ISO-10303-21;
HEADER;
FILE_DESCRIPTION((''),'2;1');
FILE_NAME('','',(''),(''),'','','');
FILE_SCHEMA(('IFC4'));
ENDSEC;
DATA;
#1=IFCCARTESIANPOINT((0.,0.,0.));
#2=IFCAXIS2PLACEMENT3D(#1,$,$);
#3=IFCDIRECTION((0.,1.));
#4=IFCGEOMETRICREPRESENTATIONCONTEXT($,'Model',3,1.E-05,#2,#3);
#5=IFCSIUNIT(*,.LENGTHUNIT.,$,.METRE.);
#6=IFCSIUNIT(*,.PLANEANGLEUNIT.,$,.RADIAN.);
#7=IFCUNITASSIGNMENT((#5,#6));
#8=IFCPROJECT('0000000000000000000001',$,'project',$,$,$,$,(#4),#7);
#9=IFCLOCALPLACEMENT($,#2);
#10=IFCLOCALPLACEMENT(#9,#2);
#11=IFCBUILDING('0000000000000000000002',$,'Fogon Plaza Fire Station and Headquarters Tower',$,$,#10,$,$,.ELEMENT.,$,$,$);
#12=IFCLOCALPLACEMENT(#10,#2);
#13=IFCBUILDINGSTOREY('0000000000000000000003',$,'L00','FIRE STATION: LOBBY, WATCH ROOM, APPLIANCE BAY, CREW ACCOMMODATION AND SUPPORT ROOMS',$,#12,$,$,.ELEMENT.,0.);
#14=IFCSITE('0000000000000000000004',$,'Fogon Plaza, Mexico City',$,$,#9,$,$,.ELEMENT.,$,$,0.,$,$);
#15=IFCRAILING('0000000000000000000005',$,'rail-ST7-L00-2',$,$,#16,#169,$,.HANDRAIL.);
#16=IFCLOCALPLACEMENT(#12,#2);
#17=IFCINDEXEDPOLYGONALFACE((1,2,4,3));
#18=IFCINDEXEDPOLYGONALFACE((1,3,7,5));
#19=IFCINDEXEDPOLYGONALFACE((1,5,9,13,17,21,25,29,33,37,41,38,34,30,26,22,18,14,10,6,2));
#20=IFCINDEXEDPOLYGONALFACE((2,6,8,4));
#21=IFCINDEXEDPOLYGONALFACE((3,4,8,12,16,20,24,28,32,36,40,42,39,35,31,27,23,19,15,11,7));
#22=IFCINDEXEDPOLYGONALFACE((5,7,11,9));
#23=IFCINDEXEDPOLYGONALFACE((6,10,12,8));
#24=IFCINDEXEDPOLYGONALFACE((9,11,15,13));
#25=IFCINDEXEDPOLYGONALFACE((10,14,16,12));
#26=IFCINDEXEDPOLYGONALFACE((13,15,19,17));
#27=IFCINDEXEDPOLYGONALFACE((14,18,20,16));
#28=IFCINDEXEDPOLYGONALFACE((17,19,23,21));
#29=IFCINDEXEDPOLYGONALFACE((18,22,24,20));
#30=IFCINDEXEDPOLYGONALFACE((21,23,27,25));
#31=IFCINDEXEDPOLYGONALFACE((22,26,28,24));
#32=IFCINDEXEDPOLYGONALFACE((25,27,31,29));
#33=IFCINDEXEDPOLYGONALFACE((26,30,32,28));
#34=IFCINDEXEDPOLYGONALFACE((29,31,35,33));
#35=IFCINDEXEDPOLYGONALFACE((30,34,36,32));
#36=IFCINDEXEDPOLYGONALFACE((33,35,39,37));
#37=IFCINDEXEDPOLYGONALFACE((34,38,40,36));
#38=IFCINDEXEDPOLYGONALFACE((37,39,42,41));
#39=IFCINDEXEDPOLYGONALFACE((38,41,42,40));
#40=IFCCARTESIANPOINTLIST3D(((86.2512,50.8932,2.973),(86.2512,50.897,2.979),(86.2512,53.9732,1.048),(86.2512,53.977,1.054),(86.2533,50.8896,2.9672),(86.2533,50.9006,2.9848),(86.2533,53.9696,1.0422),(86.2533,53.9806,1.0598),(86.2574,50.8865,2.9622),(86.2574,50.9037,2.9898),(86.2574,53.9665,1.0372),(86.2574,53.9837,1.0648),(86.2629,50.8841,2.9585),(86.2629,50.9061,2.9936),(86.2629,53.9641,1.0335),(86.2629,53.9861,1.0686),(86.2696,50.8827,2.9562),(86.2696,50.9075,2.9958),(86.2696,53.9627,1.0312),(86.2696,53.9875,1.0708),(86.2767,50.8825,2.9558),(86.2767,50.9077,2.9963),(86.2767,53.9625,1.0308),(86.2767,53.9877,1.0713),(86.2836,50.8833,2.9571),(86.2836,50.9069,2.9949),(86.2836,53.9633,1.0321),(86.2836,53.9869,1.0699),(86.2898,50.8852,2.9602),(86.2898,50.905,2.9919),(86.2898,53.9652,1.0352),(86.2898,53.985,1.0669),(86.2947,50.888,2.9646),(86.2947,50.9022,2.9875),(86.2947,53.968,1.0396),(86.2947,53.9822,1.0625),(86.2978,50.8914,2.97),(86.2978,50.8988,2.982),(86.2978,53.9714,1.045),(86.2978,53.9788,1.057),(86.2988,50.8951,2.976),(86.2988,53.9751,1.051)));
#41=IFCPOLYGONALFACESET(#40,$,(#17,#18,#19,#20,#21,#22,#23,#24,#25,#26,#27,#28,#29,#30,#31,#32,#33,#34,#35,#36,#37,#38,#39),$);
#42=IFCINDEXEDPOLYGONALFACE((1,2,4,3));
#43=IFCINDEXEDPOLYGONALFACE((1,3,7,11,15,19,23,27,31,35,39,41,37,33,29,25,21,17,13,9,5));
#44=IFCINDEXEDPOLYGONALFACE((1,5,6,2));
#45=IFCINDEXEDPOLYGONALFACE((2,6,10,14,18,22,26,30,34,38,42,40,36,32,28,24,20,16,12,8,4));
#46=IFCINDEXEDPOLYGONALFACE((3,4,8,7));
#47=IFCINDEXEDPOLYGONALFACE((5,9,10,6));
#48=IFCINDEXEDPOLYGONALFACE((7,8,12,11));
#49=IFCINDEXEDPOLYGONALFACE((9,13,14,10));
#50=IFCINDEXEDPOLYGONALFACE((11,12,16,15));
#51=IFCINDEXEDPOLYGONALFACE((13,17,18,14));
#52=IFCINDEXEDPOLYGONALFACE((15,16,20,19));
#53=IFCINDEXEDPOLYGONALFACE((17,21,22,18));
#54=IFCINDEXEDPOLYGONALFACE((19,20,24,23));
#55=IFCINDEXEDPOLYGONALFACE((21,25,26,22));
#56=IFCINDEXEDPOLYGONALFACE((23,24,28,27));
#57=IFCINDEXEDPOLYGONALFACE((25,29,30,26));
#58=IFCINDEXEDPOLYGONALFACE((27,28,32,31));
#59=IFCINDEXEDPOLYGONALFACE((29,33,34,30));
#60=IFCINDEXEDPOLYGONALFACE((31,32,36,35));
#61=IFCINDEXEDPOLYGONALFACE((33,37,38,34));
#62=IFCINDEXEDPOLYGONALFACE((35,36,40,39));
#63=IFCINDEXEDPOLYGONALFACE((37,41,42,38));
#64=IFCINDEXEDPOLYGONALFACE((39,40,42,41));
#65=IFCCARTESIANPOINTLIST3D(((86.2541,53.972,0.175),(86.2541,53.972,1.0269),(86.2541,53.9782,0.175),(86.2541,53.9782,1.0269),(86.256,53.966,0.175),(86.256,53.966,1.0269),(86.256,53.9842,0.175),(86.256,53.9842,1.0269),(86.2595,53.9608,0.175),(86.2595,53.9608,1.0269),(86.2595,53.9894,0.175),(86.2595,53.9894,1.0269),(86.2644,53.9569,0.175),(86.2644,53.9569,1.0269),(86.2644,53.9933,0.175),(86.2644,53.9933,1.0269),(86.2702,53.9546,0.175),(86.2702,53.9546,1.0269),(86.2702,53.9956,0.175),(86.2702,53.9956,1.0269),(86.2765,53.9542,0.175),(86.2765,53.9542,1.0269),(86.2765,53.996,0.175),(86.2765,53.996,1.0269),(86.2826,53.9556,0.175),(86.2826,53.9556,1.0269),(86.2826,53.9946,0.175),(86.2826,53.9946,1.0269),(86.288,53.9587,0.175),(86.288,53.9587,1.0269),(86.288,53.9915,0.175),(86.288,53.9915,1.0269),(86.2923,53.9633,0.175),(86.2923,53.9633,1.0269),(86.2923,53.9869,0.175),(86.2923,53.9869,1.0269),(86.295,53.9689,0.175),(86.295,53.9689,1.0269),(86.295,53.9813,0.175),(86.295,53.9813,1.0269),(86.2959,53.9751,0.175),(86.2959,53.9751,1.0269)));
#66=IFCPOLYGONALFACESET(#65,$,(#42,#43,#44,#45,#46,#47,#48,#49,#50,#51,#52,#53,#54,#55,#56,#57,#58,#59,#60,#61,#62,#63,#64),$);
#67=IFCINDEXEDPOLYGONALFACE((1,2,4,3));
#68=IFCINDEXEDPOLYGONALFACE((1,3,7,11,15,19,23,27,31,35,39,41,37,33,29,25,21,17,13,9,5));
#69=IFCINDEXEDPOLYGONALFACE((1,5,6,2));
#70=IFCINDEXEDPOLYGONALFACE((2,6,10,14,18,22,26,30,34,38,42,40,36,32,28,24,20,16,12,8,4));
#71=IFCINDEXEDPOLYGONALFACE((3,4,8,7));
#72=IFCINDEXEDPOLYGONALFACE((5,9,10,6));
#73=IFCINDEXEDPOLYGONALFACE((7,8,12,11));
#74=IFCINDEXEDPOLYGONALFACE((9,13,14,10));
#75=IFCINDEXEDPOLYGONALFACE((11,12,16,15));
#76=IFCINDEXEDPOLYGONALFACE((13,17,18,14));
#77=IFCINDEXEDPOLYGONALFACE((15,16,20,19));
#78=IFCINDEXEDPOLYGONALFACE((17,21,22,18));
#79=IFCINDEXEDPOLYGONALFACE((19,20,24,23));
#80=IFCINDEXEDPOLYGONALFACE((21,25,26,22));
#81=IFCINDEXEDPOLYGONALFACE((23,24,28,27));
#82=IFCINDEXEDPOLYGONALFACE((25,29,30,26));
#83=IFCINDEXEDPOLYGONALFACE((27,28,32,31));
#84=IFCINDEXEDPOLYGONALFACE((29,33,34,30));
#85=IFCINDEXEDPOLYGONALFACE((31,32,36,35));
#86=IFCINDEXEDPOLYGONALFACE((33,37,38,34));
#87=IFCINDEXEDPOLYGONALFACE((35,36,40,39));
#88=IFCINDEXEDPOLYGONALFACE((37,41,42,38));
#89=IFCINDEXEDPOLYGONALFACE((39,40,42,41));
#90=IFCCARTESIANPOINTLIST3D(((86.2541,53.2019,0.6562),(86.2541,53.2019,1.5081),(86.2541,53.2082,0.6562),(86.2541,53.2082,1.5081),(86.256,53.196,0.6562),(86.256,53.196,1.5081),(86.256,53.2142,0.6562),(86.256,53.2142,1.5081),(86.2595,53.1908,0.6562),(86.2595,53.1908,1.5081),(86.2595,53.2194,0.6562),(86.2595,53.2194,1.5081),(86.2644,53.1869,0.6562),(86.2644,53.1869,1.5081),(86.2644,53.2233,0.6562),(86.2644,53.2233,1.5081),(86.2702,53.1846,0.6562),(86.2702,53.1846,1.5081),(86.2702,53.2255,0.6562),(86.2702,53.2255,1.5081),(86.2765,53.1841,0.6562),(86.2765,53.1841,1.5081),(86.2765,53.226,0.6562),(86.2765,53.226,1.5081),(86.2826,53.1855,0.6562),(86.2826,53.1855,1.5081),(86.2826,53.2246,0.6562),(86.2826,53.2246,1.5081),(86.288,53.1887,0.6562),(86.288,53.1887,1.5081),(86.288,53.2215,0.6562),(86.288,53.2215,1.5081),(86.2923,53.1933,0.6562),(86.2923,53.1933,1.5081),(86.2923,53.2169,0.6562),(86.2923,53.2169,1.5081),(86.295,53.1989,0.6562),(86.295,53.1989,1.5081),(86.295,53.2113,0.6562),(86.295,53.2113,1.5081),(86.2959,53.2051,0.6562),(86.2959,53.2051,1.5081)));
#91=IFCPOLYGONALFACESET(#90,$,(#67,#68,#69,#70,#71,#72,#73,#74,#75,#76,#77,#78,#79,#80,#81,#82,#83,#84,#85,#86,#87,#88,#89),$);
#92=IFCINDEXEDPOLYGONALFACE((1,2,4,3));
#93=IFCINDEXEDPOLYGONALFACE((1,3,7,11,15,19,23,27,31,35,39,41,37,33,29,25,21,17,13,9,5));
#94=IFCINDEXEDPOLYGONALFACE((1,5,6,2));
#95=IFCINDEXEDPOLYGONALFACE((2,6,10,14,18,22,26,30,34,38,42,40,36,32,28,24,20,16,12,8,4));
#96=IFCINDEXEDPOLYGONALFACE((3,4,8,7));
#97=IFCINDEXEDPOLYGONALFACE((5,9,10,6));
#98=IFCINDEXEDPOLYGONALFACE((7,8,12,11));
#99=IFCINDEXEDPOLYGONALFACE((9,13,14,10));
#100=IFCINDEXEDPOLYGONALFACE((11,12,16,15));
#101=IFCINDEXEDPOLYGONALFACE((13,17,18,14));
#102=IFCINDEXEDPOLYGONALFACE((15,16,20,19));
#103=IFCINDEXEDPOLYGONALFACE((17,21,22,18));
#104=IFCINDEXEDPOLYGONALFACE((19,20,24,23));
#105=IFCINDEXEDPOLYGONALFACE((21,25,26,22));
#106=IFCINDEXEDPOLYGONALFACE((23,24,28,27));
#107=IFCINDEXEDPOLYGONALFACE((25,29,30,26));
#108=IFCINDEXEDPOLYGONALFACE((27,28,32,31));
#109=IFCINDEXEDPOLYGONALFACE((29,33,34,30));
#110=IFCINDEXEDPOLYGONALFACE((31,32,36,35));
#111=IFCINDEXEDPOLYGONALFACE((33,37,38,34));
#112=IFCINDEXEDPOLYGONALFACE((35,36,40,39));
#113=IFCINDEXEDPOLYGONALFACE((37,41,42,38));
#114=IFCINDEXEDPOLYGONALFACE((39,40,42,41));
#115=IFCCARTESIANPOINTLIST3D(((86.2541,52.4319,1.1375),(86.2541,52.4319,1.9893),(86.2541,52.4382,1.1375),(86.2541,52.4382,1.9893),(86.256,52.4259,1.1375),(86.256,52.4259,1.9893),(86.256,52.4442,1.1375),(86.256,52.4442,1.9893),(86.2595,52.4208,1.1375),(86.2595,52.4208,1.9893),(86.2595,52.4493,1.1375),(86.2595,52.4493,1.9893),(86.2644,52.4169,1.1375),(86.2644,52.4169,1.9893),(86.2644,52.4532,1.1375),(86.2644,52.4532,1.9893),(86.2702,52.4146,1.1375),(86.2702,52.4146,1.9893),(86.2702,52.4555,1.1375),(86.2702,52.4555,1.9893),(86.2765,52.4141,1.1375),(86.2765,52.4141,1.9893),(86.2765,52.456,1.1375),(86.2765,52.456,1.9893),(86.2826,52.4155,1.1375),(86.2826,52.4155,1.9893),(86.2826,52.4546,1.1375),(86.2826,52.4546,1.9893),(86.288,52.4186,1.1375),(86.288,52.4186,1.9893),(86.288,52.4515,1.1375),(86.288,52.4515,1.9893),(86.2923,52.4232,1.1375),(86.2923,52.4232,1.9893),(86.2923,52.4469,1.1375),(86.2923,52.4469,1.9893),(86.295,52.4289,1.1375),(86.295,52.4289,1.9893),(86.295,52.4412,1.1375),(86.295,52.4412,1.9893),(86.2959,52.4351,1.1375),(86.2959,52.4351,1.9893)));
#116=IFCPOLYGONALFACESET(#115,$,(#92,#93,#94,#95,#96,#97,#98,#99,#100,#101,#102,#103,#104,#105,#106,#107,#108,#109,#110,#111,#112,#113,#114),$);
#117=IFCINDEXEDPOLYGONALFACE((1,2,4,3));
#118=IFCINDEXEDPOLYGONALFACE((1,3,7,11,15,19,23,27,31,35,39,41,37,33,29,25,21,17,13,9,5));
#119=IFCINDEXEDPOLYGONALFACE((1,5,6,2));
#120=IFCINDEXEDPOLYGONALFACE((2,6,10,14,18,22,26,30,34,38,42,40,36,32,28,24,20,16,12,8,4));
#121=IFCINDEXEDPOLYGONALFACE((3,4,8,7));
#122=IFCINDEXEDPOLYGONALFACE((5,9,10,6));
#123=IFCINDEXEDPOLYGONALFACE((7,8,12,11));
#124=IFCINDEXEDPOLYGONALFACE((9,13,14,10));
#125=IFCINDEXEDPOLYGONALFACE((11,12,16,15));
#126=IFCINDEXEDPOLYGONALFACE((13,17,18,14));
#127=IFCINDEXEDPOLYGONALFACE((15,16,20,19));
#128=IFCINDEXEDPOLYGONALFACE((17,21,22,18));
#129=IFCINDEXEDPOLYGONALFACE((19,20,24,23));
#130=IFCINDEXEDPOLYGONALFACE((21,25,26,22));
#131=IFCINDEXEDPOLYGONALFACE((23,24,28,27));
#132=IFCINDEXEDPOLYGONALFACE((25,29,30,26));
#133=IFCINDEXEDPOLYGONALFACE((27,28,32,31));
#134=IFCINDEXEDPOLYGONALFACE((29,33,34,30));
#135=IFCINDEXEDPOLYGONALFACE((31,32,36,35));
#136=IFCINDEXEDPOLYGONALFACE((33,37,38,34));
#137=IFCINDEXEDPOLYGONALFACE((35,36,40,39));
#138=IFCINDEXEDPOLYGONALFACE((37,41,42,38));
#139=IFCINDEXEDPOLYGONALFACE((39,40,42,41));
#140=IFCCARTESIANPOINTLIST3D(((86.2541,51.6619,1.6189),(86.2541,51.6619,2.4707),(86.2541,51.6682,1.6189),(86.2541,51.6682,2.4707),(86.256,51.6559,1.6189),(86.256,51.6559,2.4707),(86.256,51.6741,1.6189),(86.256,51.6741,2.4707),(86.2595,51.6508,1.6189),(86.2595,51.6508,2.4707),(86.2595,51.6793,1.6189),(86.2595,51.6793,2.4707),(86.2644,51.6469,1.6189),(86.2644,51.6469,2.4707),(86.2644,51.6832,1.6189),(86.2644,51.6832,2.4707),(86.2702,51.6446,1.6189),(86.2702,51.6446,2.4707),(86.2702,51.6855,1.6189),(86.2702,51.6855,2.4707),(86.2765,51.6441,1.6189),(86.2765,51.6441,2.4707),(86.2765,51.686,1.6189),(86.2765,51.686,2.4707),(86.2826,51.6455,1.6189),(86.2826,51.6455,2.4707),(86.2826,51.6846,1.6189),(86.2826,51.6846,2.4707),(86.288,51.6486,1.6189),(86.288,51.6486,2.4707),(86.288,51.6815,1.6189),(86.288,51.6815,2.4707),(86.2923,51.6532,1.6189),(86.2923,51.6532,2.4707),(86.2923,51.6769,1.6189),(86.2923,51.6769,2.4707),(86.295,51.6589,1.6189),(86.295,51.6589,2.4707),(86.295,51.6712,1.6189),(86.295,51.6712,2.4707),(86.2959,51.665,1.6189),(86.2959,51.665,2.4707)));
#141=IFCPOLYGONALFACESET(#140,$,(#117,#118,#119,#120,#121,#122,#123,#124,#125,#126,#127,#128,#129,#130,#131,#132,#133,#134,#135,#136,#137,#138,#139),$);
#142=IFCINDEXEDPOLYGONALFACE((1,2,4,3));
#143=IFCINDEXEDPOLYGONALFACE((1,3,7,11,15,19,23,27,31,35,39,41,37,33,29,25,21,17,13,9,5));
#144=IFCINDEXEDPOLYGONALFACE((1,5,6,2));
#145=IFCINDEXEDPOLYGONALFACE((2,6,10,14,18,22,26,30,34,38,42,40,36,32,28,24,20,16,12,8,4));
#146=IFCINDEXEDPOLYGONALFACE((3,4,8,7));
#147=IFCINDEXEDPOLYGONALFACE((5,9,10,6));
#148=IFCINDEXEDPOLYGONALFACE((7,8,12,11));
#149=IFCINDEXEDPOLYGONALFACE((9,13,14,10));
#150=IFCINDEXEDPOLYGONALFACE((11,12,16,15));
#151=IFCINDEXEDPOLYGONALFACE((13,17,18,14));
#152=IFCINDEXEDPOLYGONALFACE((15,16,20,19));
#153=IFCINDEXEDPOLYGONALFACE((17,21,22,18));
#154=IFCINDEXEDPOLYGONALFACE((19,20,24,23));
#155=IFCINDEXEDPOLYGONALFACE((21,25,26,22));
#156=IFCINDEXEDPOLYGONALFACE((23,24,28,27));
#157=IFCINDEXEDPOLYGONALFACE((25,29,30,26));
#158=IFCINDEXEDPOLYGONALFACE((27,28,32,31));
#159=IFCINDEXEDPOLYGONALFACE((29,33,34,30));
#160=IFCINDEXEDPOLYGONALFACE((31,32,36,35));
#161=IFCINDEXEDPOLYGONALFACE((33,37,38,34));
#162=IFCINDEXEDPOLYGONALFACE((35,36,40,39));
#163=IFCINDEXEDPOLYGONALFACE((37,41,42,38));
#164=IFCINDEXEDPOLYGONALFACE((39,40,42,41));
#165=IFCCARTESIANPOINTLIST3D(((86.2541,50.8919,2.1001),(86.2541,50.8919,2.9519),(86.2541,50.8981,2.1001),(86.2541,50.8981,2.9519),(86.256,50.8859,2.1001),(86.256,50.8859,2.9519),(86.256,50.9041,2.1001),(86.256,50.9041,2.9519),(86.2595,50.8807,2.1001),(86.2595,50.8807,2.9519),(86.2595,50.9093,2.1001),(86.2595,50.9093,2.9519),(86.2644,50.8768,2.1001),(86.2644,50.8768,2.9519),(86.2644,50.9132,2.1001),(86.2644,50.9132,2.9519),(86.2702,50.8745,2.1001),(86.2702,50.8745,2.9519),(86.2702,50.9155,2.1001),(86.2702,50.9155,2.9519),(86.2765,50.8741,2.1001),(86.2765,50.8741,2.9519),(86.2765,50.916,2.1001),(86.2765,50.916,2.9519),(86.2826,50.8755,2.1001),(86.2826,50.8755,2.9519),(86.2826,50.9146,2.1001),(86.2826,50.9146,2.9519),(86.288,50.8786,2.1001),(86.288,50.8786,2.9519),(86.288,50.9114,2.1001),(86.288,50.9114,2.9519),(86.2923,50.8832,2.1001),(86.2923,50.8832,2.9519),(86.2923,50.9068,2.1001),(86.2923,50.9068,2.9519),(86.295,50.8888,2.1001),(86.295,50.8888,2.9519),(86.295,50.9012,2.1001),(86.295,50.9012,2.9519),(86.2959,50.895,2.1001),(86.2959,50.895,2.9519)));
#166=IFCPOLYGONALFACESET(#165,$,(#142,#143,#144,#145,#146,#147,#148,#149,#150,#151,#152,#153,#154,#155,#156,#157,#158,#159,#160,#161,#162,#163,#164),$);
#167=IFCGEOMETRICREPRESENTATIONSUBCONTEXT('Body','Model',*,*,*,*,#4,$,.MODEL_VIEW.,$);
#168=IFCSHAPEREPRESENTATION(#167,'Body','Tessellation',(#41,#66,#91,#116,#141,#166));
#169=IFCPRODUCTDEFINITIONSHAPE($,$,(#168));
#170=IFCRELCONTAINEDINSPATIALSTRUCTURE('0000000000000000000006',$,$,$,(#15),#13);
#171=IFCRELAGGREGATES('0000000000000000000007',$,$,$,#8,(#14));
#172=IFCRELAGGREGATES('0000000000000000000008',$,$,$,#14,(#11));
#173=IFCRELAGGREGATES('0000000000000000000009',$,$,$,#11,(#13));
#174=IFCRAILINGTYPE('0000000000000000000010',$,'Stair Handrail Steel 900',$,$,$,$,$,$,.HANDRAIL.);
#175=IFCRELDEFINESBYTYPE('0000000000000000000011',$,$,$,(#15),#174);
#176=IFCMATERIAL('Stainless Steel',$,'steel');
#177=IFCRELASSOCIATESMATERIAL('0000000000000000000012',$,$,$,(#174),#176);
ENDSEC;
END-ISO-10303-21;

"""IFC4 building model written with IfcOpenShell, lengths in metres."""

from ifc_helpers import new_model, si_unit, direction, frame, origin, origin_2d, place, context, subcontext, project, spatial, circle, extrude, material, type_object, element, save


model = new_model("IFC4")

# Units and contexts
model_context = context("Model", 3, precision=1e-05, world=origin(), true_north=direction((0.0, 1.0)))
body_context = subcontext(model_context, "Body", "Model", "MODEL_VIEW")
ifc_project = project(units=[si_unit("LENGTHUNIT", "METRE"), si_unit("PLANEANGLEUNIT", "RADIAN")], contexts=[model_context])

# Site, building, storey
site_placement = place(None, origin())
site = spatial("IfcSite", under=ifc_project, at=site_placement, Name="Fogon Plaza, Mexico City", CompositionType="ELEMENT", RefElevation=0.0)
building_placement = place(site_placement, origin())
building = spatial("IfcBuilding", under=site, at=building_placement, Name="Fogon Plaza Fire Station and Headquarters Tower", CompositionType="ELEMENT")
storey_placement = place(building_placement, origin())
storey = spatial("IfcBuildingStorey", under=building, at=storey_placement, Name="L00", Description="FIRE STATION: LOBBY, WATCH ROOM, APPLIANCE BAY, CREW ACCOMMODATION AND SUPPORT ROOMS", CompositionType="ELEMENT", Elevation=0.0)

# Railing
ifc_material_1 = material(Name="Stainless Steel", Category="steel")
railing_type_1 = type_object("IfcRailingType", Name="Stair Handrail Steel 900", PredefinedType="HANDRAIL", material=ifc_material_1)
for number, where, name in (
    (1, (86.2749, 53.9751, 0.175), "rail-ST7-L00-2"),
):
    element("IfcRailing", number, at=place(storey_placement, frame(where)), inside=storey, type_object=railing_type_1, Name=name, PredefinedType="HANDRAIL", context=body_context, shape_type="SweptSolid", body=[
        extrude(circle(Radius=0.0239, at=origin_2d()), frame((0.0, 0.0, 0.876), z_axis=(0.0, -0.847998, 0.529999), x_axis=(1.0, 0.0, 0.0)), (0.0, 0.0, 1.0), 3.6321),
        extrude(circle(Radius=0.021, at=origin_2d()), origin(), (0.0, 0.0, 1.0), 0.8518),
        extrude(circle(Radius=0.021, at=origin_2d()), frame((0.0, -0.77, 0.4812)), (0.0, 0.0, 1.0), 0.8518),
        extrude(circle(Radius=0.021, at=origin_2d()), frame((0.0, -1.54, 0.9624)), (0.0, 0.0, 1.0), 0.8518),
        extrude(circle(Radius=0.021, at=origin_2d()), frame((0.0, -2.3101, 1.4438)), (0.0, 0.0, 1.0), 0.8518),
        extrude(circle(Radius=0.021, at=origin_2d()), frame((0.0, -3.0801, 1.925)), (0.0, 0.0, 1.0), 0.8518),
    ])

save(model, "model.ifc")
